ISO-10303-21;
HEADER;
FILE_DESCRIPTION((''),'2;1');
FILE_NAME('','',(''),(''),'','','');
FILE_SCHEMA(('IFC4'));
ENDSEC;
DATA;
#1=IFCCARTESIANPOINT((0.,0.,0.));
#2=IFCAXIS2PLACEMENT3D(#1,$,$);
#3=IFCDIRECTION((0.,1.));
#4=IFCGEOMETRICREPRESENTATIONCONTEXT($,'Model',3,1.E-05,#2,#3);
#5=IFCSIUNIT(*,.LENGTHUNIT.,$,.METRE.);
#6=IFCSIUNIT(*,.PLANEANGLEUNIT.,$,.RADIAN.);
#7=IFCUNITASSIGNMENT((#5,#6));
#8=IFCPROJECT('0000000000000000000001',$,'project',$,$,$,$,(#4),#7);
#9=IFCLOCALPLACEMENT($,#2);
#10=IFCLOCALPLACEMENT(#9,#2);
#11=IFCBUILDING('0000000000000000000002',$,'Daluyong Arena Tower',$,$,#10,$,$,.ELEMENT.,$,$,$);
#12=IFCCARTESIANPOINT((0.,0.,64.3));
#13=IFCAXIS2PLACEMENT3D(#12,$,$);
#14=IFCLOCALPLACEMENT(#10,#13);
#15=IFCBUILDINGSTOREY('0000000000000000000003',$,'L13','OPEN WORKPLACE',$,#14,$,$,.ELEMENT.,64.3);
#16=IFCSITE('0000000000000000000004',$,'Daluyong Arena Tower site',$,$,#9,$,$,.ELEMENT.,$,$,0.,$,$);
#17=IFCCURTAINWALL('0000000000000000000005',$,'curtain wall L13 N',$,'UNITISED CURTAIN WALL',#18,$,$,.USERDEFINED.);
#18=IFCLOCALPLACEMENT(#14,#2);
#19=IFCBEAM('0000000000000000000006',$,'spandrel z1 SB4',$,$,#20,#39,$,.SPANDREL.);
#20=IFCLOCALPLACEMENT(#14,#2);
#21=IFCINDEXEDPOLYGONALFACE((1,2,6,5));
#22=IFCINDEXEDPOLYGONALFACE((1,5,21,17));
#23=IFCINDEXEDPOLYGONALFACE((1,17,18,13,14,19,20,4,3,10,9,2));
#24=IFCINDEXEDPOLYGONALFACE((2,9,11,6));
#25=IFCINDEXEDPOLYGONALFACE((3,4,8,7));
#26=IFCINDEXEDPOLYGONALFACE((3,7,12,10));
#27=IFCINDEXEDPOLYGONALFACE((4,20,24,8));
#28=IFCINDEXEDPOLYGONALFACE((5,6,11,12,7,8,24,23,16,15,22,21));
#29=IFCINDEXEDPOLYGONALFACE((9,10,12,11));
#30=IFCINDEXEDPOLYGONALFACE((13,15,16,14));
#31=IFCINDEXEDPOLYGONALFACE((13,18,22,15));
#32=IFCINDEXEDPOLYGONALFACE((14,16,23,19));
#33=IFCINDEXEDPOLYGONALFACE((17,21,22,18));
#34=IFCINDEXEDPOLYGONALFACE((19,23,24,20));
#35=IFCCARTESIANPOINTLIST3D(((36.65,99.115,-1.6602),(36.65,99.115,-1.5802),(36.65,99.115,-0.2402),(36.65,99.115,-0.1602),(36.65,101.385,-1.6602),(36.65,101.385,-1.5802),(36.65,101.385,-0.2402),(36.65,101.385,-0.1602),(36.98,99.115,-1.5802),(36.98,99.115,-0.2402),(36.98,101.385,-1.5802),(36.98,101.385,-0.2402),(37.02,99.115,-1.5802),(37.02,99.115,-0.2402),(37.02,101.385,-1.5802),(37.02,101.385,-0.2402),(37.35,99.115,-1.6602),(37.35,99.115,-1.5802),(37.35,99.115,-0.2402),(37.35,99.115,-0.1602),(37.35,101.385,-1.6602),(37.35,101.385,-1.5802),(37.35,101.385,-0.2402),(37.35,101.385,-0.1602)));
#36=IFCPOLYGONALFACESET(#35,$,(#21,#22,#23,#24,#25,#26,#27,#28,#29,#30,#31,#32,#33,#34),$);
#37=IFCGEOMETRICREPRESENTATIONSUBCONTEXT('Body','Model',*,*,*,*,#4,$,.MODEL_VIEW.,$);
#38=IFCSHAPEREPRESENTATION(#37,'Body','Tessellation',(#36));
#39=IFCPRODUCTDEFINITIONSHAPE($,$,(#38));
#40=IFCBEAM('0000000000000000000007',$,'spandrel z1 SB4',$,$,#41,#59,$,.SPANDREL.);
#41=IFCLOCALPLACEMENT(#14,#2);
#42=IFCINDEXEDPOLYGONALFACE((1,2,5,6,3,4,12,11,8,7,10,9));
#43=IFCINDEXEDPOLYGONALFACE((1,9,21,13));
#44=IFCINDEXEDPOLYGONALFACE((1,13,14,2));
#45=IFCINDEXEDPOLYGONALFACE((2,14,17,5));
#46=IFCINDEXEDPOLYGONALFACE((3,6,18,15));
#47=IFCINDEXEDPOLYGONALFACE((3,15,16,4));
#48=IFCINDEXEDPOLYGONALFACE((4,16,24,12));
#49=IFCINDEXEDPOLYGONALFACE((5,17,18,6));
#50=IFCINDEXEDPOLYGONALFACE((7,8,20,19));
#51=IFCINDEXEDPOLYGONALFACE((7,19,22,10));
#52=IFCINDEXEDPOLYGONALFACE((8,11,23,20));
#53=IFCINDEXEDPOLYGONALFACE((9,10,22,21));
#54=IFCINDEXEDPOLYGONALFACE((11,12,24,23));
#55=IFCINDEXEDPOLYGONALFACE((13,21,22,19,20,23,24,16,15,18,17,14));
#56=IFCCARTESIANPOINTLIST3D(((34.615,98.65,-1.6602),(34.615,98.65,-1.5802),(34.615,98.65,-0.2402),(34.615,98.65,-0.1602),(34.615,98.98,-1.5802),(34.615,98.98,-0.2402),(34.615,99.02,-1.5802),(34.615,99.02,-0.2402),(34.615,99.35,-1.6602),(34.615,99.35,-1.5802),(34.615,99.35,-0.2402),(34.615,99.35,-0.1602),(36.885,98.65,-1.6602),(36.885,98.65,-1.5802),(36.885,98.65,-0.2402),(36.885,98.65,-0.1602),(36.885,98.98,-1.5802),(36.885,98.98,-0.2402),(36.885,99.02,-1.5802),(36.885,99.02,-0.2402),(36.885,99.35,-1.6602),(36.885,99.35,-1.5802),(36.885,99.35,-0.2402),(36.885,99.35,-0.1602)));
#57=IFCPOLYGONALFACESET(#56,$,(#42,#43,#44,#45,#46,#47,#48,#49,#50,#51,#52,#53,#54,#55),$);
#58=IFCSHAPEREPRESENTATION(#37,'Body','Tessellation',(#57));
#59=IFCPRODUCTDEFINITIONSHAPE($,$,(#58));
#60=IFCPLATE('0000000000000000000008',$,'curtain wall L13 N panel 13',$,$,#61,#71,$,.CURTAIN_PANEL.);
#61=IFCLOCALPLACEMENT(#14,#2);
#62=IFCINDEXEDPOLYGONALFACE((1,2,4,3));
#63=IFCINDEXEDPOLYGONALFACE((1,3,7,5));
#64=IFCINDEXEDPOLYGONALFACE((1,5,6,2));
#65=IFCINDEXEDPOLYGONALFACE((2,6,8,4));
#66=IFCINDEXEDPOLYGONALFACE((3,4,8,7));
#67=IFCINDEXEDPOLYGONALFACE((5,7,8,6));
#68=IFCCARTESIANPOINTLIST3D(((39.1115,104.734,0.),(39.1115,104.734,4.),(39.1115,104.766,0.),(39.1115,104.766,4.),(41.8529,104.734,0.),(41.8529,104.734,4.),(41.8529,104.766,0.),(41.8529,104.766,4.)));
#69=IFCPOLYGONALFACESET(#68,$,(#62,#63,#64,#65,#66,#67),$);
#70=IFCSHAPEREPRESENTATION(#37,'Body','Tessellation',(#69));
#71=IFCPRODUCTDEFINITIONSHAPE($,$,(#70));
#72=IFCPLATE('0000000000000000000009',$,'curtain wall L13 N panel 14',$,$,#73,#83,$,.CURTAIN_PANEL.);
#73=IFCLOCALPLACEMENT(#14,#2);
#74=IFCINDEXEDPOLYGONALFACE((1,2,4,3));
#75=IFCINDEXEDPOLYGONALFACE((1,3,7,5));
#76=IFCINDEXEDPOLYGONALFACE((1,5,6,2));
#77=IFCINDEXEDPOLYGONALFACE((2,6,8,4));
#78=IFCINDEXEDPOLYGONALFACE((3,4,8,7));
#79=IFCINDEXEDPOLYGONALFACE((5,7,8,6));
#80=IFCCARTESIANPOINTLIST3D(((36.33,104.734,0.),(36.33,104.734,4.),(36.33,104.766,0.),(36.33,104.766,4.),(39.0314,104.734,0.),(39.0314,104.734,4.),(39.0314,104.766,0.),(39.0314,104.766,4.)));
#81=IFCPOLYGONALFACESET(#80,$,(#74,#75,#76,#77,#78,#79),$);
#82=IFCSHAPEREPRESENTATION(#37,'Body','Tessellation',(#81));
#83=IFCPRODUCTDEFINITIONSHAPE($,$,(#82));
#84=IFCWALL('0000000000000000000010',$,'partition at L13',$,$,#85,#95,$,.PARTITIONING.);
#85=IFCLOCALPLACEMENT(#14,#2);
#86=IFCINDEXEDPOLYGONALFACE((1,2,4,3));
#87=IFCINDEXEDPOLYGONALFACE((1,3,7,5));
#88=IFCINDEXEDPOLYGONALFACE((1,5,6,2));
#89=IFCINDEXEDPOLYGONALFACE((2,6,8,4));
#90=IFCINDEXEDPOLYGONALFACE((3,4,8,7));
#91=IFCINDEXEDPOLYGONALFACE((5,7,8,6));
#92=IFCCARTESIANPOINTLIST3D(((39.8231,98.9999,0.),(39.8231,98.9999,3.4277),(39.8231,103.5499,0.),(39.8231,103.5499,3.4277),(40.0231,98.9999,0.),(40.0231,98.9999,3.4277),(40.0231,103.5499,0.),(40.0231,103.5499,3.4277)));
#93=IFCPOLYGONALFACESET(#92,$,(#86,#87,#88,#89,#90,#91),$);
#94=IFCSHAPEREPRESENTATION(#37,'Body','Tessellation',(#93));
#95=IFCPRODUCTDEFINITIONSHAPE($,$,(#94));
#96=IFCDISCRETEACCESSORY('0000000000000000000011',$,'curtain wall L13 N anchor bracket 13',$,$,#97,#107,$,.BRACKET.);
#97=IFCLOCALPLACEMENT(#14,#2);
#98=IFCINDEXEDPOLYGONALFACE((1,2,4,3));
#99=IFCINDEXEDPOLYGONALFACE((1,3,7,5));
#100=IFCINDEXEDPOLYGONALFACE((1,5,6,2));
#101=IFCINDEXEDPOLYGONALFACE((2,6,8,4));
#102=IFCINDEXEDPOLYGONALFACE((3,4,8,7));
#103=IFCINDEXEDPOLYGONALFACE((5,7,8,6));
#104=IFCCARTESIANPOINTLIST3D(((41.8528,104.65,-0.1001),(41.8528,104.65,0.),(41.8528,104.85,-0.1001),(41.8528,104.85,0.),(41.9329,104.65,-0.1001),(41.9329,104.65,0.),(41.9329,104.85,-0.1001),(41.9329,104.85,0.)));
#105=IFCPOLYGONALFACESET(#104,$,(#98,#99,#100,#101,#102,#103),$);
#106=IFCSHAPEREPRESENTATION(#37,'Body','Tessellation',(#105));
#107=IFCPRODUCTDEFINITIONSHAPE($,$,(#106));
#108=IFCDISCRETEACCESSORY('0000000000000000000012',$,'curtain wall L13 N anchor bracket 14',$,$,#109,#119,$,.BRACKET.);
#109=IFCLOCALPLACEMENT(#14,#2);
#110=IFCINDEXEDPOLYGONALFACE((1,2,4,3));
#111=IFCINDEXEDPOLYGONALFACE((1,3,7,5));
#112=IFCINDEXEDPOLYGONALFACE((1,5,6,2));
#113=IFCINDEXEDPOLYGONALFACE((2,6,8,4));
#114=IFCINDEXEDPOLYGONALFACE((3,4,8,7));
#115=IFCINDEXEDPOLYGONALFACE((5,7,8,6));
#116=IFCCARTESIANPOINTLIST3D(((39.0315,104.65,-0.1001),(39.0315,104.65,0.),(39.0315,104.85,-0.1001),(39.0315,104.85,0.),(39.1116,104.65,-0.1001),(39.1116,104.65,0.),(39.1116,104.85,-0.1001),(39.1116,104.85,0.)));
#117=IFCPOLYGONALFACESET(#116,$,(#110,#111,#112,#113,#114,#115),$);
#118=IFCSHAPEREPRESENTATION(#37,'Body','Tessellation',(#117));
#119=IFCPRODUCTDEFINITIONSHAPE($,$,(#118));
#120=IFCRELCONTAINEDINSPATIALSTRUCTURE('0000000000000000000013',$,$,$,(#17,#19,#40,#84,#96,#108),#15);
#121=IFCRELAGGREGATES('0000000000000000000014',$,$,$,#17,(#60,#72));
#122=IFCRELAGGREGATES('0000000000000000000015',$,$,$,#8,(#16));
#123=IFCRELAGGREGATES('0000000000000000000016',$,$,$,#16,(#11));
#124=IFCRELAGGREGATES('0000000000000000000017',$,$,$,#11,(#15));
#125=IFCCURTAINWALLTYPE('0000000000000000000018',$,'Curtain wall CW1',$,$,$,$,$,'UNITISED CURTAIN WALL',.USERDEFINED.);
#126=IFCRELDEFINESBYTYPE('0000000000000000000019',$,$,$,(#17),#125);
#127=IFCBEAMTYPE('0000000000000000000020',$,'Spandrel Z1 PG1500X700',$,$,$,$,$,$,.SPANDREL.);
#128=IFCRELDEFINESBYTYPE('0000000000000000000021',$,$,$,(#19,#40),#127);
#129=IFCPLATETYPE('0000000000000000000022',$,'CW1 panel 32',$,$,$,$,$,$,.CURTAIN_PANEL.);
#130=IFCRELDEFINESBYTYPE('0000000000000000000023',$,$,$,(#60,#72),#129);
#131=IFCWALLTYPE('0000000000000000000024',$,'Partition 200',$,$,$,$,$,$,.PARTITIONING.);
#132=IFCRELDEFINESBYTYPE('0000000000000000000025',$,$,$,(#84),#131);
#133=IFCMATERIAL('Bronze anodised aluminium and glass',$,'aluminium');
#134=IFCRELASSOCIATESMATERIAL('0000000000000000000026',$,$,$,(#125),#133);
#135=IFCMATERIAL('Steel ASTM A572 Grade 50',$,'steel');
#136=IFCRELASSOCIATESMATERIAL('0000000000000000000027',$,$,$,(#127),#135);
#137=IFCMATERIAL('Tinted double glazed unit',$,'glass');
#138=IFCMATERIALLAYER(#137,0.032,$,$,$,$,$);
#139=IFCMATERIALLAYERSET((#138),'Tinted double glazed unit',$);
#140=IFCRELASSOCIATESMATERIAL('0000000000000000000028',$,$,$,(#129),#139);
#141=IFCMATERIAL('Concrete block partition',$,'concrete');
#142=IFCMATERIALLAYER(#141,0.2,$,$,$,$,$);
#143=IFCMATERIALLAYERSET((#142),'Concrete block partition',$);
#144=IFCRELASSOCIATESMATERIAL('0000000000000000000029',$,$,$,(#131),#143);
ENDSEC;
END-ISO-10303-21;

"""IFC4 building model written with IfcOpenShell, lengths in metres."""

from ifc_helpers import new_model, si_unit, direction, frame, frame_2d, origin, origin_2d, place, context, subcontext, project, spatial, rectangle, i_section, extrude, material, layer, layer_set, material_profile, profile_set, type_object, element, aggregate, save


model = new_model("IFC4")

# Units and contexts
model_context = context("Model", 3, precision=1e-05, world=origin(), true_north=direction((0.0, 1.0)))
body_context = subcontext(model_context, "Body", "Model", "MODEL_VIEW")
ifc_project = project(units=[si_unit("LENGTHUNIT", "METRE"), si_unit("PLANEANGLEUNIT", "RADIAN")], contexts=[model_context])

# Site, building, storey
site_placement = place(None, origin())
site = spatial("IfcSite", under=ifc_project, at=site_placement, Name="Daluyong Arena Tower site", CompositionType="ELEMENT", RefElevation=0.0)
building_placement = place(site_placement, origin())
building = spatial("IfcBuilding", under=site, at=building_placement, Name="Daluyong Arena Tower", CompositionType="ELEMENT")
storey_placement = place(building_placement, frame((0.0, 0.0, 64.3)))
storey = spatial("IfcBuildingStorey", under=building, at=storey_placement, Name="L13", Description="OPEN WORKPLACE", CompositionType="ELEMENT", Elevation=64.3)

# Curtain wall
ifc_material_1 = material(Name="Bronze anodised aluminium and glass", Category="aluminium")
curtain_wall_type = type_object("IfcCurtainWallType", Name="Curtain wall CW1", ElementType="UNITISED CURTAIN WALL", PredefinedType="USERDEFINED", material=ifc_material_1)
curtain_wall_placement = place(storey_placement, origin())
curtain_wall = element("IfcCurtainWall", 1, at=curtain_wall_placement, inside=storey, type_object=curtain_wall_type, Name="curtain wall L13 N", ObjectType="UNITISED CURTAIN WALL", PredefinedType="USERDEFINED")

# Beams
ifc_material_2 = material(Name="Steel ASTM A572 Grade 50", Category="steel")
ifc_material_profile_1 = material_profile(ifc_material_2, i_section(OverallWidth=0.7, OverallDepth=1.5, WebThickness=0.04, FlangeThickness=0.08, at=origin_2d()))
ifc_profile_set_1 = profile_set([ifc_material_profile_1], Name="Steel ASTM A572 Grade 50")
beam_type_1 = type_object("IfcBeamType", Name="Spandrel Z1 PG1500X700", PredefinedType="SPANDREL", material=ifc_profile_set_1)
for number, where, z_axis, x_axis, name in (
    (2, (37.0, 101.385, -0.9102), (0.0, -1.0, 0.0), (1.0, 0.0, 0.0), "spandrel z1 SB4"),
    (3, (36.885, 99.0, -0.9102), (-1.0, 0.0, 0.0), (0.0, -1.0, 0.0), "spandrel z1 SB4"),
):
    element("IfcBeam", number, at=place(storey_placement, frame(where, z_axis=z_axis, x_axis=x_axis)), inside=storey, type_object=beam_type_1, Name=name, PredefinedType="SPANDREL", context=body_context, shape_type="SweptSolid", body=[
        extrude(i_section(OverallWidth=0.7, OverallDepth=1.5, WebThickness=0.04, FlangeThickness=0.08, at=origin_2d()), origin(), (0.0, 0.0, 1.0), 2.27),
    ])

# Plates
ifc_material_3 = material(Name="Tinted double glazed unit", Category="glass")
ifc_layer_1 = layer(ifc_material_3, 0.032)
ifc_layer_set_1 = layer_set([ifc_layer_1], Name="Tinted double glazed unit")
plate_type = type_object("IfcPlateType", Name="CW1 panel 32", PredefinedType="CURTAIN_PANEL", material=ifc_layer_set_1)
plate_1_placement = place(storey_placement, frame((40.4822, 104.75, 0.0), z_axis=(0.0, 0.0, 1.0), x_axis=(-1.0, 0.0, 0.0)))
plate_1 = element("IfcPlate", 4, at=plate_1_placement, type_object=plate_type, Name="curtain wall L13 N panel 13", PredefinedType="CURTAIN_PANEL", context=body_context, shape_type="SweptSolid", body=[
    extrude(rectangle(XDim=2.7415, YDim=0.032, at=origin_2d()), origin(), (0.0, 0.0, 1.0), 4.0),
])
plate_2_placement = place(storey_placement, frame((37.6807, 104.75, 0.0), z_axis=(0.0, 0.0, 1.0), x_axis=(-1.0, 0.0, 0.0)))
plate_2 = element("IfcPlate", 5, at=plate_2_placement, type_object=plate_type, Name="curtain wall L13 N panel 14", PredefinedType="CURTAIN_PANEL", context=body_context, shape_type="SweptSolid", body=[
    extrude(rectangle(XDim=2.7014, YDim=0.032, at=origin_2d()), origin(), (0.0, 0.0, 1.0), 4.0),
])
aggregate(curtain_wall, [plate_1, plate_2])

# Wall
ifc_material_4 = material(Name="Concrete block partition", Category="concrete")
ifc_layer_2 = layer(ifc_material_4, 0.2)
ifc_layer_set_2 = layer_set([ifc_layer_2], Name="Concrete block partition")
wall_type_1 = type_object("IfcWallType", Name="Partition 200", PredefinedType="PARTITIONING", material=ifc_layer_set_2)
wall_1_placement = place(storey_placement, frame((39.9231, 99.0, 0.0), z_axis=(0.0, 0.0, 1.0), x_axis=(0.0, 1.0, 0.0)))
element("IfcWall", 6, at=wall_1_placement, inside=storey, type_object=wall_type_1, Name="partition at L13", PredefinedType="PARTITIONING", context=body_context, shape_type="SweptSolid", body=[
    extrude(rectangle(XDim=4.55, YDim=0.2, at=frame_2d((2.2749, 0.0))), origin(), (0.0, 0.0, 1.0), 3.4277),
])

# Discrete accessories
for number, where, z_axis, x_axis, name in (
    (7, (41.8928, 104.75, -0.1001), (0.0, 0.0, 1.0), (-1.0, 0.0, 0.0), "curtain wall L13 N anchor bracket 13"),
    (8, (39.0715, 104.75, -0.1001), (0.0, 0.0, 1.0), (-1.0, 0.0, 0.0), "curtain wall L13 N anchor bracket 14"),
):
    element("IfcDiscreteAccessory", number, at=place(storey_placement, frame(where, z_axis=z_axis, x_axis=x_axis)), inside=storey, Name=name, PredefinedType="BRACKET", context=body_context, shape_type="SweptSolid", body=[
        extrude(rectangle(XDim=0.0801, YDim=0.2, at=origin_2d()), origin(), (0.0, 0.0, 1.0), 0.1001),
    ])

save(model, "model.ifc")
